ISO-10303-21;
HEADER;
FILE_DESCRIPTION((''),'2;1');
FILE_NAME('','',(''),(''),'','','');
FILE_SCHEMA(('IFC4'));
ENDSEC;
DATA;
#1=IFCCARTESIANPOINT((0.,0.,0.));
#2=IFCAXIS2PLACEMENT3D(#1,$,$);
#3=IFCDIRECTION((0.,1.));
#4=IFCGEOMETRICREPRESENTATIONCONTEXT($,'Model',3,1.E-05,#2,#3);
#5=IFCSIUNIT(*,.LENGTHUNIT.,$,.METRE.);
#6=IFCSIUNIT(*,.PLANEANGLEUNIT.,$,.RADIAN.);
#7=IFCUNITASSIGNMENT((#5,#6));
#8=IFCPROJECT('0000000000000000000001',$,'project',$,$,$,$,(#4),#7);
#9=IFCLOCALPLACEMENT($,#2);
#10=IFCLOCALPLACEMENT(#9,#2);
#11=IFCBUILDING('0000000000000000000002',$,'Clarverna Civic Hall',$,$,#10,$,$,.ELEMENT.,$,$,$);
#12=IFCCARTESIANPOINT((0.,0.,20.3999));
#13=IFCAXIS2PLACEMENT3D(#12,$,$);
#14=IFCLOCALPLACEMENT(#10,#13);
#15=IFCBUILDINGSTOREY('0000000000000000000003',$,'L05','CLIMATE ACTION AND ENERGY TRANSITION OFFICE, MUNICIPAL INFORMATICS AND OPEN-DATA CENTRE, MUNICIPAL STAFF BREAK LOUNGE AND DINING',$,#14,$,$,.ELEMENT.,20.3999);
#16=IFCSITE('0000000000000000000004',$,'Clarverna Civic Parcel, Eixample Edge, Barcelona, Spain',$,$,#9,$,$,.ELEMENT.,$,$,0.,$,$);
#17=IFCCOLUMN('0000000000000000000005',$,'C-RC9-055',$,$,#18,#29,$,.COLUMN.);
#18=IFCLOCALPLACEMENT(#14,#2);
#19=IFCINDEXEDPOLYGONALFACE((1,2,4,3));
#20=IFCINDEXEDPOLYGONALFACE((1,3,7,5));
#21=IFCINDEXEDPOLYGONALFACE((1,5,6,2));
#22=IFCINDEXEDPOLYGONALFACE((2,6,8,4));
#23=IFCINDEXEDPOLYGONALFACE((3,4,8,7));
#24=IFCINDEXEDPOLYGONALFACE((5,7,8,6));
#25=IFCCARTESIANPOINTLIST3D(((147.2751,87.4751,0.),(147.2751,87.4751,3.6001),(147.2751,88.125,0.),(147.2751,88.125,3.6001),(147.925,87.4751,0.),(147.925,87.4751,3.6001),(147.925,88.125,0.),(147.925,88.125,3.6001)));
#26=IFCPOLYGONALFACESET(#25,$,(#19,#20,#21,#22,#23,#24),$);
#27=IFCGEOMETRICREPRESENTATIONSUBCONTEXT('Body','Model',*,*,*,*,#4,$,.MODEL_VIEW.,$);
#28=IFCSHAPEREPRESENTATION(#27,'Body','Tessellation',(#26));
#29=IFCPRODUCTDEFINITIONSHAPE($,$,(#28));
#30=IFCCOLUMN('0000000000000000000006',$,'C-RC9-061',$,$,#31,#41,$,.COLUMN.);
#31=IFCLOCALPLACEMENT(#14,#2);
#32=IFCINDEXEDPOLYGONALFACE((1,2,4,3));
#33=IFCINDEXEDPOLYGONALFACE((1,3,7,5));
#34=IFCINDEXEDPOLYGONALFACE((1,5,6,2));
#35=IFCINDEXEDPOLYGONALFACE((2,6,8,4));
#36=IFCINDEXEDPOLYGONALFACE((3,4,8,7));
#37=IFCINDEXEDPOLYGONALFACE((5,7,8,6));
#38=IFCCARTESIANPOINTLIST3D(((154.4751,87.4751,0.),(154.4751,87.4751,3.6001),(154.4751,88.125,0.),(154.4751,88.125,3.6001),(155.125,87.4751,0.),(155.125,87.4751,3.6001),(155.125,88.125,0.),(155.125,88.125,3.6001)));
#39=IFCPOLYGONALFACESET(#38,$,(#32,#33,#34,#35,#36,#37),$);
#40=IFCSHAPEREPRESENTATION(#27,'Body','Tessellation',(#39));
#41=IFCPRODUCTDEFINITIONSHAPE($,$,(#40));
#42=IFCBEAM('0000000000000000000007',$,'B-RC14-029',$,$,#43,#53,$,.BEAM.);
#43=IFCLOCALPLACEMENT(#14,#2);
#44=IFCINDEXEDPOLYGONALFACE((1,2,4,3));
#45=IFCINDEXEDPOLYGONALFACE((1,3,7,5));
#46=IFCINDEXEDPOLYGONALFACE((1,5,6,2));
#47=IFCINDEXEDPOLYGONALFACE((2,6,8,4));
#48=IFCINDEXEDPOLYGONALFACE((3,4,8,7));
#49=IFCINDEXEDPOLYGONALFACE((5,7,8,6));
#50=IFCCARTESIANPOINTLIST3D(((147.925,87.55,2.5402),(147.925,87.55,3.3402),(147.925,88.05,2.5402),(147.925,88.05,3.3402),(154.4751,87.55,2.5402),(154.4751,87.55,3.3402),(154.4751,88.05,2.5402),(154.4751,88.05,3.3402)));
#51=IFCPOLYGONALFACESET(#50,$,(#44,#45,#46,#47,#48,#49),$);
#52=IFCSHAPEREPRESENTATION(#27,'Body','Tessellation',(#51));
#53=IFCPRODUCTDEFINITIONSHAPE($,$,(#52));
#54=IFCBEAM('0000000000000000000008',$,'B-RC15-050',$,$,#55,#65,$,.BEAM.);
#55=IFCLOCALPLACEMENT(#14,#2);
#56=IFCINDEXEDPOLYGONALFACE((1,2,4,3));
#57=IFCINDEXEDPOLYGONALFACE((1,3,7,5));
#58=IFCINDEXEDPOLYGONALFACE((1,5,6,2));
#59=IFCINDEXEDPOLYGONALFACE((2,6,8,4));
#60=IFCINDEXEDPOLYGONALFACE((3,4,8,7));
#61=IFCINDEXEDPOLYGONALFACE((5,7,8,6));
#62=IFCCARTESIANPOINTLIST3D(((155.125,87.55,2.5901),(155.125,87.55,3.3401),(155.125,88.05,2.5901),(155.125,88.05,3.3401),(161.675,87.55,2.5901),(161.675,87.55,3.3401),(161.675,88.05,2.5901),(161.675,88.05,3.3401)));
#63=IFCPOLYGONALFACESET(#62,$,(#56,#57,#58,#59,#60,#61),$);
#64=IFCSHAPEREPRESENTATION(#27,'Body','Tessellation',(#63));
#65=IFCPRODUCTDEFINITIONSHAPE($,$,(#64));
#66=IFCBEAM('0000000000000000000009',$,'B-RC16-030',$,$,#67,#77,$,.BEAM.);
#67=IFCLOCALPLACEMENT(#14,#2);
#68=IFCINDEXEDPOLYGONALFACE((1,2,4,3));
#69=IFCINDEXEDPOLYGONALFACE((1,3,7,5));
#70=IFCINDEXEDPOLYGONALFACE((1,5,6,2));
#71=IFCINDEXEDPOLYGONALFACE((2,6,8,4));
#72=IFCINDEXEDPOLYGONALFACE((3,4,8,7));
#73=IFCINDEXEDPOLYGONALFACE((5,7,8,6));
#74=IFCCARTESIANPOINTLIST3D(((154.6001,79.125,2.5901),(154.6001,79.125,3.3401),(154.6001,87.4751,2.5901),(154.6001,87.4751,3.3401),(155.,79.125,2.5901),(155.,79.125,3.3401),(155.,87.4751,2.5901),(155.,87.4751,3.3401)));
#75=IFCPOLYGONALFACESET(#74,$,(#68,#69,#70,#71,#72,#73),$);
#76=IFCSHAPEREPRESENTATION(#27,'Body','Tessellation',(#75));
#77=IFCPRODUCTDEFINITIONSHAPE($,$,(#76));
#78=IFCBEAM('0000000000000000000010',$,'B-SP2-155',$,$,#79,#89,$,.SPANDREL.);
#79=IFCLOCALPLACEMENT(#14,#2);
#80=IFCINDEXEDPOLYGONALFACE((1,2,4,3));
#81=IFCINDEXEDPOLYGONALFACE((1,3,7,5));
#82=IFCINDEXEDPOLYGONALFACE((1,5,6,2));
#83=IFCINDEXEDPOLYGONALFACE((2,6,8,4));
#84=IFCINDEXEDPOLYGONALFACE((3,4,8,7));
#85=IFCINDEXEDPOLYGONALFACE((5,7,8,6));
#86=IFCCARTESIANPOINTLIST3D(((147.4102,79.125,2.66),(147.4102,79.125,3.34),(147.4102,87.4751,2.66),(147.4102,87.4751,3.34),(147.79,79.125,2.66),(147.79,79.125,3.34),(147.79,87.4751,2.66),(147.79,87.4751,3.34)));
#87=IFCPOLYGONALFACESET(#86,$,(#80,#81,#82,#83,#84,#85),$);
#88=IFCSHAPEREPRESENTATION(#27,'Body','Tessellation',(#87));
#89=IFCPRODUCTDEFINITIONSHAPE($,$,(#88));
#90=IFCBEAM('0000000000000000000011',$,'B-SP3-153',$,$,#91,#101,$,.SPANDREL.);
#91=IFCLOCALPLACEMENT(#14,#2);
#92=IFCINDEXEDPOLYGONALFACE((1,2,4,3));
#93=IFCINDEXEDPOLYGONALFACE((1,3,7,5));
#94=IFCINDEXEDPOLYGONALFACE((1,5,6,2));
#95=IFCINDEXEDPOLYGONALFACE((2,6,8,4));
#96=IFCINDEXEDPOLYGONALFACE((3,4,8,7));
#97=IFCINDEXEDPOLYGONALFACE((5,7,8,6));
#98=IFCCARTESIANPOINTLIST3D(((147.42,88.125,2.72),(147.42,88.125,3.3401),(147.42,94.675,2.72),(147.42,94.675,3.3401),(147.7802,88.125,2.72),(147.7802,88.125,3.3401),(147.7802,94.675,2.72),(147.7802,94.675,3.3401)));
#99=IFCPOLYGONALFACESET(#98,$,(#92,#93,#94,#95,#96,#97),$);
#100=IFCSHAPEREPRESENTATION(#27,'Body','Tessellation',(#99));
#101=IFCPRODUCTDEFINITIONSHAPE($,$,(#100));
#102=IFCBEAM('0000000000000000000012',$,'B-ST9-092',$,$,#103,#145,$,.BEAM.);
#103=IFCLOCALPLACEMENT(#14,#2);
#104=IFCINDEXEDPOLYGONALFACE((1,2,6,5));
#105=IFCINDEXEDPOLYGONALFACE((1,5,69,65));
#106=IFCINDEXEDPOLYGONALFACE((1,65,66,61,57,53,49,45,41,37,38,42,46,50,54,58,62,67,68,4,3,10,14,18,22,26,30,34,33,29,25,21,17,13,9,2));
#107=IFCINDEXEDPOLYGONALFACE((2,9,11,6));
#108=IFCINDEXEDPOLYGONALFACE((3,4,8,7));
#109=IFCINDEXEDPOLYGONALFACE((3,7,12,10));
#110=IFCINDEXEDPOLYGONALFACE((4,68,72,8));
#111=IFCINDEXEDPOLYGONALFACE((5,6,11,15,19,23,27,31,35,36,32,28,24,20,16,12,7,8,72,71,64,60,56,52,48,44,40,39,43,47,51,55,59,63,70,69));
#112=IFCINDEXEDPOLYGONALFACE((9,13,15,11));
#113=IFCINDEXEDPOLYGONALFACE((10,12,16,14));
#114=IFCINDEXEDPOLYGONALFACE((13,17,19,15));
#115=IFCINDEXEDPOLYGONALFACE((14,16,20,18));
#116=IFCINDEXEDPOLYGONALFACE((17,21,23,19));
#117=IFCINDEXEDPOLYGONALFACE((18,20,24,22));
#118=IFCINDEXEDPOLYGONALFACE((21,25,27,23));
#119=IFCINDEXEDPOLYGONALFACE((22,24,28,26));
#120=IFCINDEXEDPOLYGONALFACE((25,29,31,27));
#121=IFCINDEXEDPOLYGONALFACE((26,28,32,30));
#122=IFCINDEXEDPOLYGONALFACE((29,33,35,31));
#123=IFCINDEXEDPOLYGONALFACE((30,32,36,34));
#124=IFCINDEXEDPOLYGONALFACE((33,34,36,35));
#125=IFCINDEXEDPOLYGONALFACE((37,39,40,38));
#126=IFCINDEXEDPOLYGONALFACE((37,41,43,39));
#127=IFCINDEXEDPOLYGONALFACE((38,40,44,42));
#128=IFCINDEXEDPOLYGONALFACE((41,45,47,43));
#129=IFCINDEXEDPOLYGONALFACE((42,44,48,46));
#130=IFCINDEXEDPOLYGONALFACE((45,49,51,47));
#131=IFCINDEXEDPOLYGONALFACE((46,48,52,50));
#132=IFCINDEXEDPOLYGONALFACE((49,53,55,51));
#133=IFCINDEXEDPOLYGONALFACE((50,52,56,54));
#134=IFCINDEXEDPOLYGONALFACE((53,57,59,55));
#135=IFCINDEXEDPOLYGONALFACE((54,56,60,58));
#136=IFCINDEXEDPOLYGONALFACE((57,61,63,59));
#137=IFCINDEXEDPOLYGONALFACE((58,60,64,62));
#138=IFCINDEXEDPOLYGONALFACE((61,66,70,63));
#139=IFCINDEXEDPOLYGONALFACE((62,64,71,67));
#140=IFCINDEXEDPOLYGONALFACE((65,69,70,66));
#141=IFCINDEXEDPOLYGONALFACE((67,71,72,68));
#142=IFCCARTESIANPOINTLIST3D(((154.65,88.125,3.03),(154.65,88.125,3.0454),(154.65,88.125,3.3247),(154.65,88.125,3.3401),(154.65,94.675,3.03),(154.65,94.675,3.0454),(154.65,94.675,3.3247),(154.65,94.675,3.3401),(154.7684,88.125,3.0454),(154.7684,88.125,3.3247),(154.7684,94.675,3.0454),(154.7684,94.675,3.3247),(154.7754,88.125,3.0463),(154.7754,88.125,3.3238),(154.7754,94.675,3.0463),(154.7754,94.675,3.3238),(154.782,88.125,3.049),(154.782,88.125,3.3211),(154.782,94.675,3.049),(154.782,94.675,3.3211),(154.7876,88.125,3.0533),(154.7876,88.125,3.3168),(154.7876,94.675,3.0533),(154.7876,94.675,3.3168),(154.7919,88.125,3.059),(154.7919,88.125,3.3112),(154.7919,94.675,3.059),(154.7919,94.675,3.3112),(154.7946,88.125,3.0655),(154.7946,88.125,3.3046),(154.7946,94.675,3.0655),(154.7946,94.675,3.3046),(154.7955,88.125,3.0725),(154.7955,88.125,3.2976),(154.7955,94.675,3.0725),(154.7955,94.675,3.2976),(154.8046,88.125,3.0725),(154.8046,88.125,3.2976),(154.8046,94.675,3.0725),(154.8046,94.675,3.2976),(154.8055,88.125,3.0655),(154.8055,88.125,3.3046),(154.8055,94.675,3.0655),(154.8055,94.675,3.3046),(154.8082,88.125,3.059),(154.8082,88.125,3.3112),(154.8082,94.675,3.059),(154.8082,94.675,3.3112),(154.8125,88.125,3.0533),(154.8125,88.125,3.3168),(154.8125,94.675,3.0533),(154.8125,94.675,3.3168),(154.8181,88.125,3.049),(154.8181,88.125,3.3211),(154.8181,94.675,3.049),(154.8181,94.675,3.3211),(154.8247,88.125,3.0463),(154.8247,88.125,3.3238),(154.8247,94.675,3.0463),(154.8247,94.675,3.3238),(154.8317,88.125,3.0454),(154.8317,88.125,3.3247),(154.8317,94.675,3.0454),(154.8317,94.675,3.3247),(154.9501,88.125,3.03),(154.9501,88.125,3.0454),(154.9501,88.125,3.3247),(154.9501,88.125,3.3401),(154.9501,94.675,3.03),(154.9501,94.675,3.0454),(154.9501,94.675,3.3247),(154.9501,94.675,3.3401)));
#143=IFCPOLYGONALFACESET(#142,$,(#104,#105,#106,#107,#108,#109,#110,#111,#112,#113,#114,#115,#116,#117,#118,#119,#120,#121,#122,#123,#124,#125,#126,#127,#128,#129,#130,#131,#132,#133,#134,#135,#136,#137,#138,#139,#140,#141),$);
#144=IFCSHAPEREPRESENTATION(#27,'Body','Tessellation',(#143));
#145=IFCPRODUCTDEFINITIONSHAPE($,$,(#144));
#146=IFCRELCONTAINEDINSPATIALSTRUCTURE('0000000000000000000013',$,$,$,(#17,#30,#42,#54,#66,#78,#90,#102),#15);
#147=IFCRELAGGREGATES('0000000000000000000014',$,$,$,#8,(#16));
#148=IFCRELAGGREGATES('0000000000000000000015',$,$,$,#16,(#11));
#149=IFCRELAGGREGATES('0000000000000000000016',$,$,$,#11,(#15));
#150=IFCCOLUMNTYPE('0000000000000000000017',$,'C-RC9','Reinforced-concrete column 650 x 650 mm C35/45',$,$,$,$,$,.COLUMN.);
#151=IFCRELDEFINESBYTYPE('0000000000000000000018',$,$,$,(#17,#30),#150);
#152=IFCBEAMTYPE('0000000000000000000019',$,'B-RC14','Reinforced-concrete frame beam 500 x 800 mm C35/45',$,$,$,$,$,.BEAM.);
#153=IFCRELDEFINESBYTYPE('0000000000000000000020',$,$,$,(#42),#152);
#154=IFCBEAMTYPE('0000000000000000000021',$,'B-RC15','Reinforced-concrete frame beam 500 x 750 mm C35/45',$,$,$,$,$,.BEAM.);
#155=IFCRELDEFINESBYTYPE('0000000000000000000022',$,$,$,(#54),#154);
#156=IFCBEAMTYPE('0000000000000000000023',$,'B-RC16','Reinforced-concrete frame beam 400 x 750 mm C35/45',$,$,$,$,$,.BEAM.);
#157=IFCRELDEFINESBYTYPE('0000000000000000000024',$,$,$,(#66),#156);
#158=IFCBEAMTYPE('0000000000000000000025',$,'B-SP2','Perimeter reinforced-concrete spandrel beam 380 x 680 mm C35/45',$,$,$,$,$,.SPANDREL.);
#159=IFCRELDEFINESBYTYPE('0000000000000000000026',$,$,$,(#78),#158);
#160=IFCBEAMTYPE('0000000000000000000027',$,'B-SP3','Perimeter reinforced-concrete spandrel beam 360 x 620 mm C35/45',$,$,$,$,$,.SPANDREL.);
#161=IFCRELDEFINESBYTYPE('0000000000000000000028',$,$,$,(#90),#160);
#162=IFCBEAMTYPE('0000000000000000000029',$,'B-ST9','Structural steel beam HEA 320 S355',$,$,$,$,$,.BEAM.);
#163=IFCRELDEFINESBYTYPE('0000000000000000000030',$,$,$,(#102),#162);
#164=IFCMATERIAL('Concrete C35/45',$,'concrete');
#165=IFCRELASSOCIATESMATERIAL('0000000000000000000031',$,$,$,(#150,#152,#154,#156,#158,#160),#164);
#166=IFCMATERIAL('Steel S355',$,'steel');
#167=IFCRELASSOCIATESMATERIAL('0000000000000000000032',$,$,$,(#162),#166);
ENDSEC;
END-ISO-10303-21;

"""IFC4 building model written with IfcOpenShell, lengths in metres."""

from ifc_helpers import new_model, si_unit, direction, frame, origin, origin_2d, place, context, subcontext, project, spatial, rectangle, i_section, extrude, material, material_profile, profile_set, type_object, element, save


model = new_model("IFC4")

# Units and contexts
model_context = context("Model", 3, precision=1e-05, world=origin(), true_north=direction((0.0, 1.0)))
body_context = subcontext(model_context, "Body", "Model", "MODEL_VIEW")
ifc_project = project(units=[si_unit("LENGTHUNIT", "METRE"), si_unit("PLANEANGLEUNIT", "RADIAN")], contexts=[model_context])

# Site, building, storey
site_placement = place(None, origin())
site = spatial("IfcSite", under=ifc_project, at=site_placement, Name="Clarverna Civic Parcel, Eixample Edge, Barcelona, Spain", CompositionType="ELEMENT", RefElevation=0.0)
building_placement = place(site_placement, origin())
building = spatial("IfcBuilding", under=site, at=building_placement, Name="Clarverna Civic Hall", CompositionType="ELEMENT")
storey_placement = place(building_placement, frame((0.0, 0.0, 20.3999)))
storey = spatial("IfcBuildingStorey", under=building, at=storey_placement, Name="L05", Description="CLIMATE ACTION AND ENERGY TRANSITION OFFICE, MUNICIPAL INFORMATICS AND OPEN-DATA CENTRE, MUNICIPAL STAFF BREAK LOUNGE AND DINING", CompositionType="ELEMENT", Elevation=20.3999)

# Columns
ifc_material_1 = material(Name="Concrete C35/45", Category="concrete")
ifc_material_profile_1 = material_profile(ifc_material_1, rectangle(XDim=0.6499, YDim=0.6499, at=origin_2d()), Name="RC 650x650")
ifc_profile_set_1 = profile_set([ifc_material_profile_1], Name="Concrete C35/45")
column_type = type_object("IfcColumnType", Name="C-RC9", Description="Reinforced-concrete column 650 x 650 mm C35/45", PredefinedType="COLUMN", material=ifc_profile_set_1)
for number, where, z_axis, x_axis, name in (
    (1, (147.6001, 87.8, 0.0), (0.0, 0.0, 1.0), (1.0, 0.0, 0.0), "C-RC9-055"),
    (2, (154.8, 87.8, 0.0), (0.0, 0.0, 1.0), (1.0, 0.0, 0.0), "C-RC9-061"),
):
    element("IfcColumn", number, at=place(storey_placement, frame(where, z_axis=z_axis, x_axis=x_axis)), inside=storey, type_object=column_type, Name=name, PredefinedType="COLUMN", context=body_context, shape_type="SweptSolid", body=[
        extrude(rectangle(XDim=0.6499, YDim=0.6499, at=origin_2d()), origin(), (0.0, 0.0, 1.0), 3.6001),
    ])

# Beams
ifc_material_profile_2 = material_profile(ifc_material_1, rectangle(XDim=0.5, YDim=0.8, at=origin_2d()), Name="RC 500x800")
ifc_profile_set_2 = profile_set([ifc_material_profile_2], Name="Concrete C35/45")
beam_type_1 = type_object("IfcBeamType", Name="B-RC14", Description="Reinforced-concrete frame beam 500 x 800 mm C35/45", PredefinedType="BEAM", material=ifc_profile_set_2)
beam_1_placement = place(storey_placement, frame((147.925, 87.8, 2.9402), z_axis=(1.0, 0.0, 0.0), x_axis=(0.0, 1.0, 0.0)))
element("IfcBeam", 3, at=beam_1_placement, inside=storey, type_object=beam_type_1, Name="B-RC14-029", PredefinedType="BEAM", context=body_context, shape_type="SweptSolid", body=[
    extrude(rectangle(XDim=0.5, YDim=0.8, at=origin_2d()), origin(), (0.0, 0.0, 1.0), 6.55),
])
ifc_material_profile_3 = material_profile(ifc_material_1, rectangle(XDim=0.5, YDim=0.75, at=origin_2d()), Name="RC 500x750")
ifc_profile_set_3 = profile_set([ifc_material_profile_3], Name="Concrete C35/45")
beam_type_2 = type_object("IfcBeamType", Name="B-RC15", Description="Reinforced-concrete frame beam 500 x 750 mm C35/45", PredefinedType="BEAM", material=ifc_profile_set_3)
beam_2_placement = place(storey_placement, frame((155.125, 87.8, 2.9651), z_axis=(1.0, 0.0, 0.0), x_axis=(0.0, 1.0, 0.0)))
element("IfcBeam", 4, at=beam_2_placement, inside=storey, type_object=beam_type_2, Name="B-RC15-050", PredefinedType="BEAM", context=body_context, shape_type="SweptSolid", body=[
    extrude(rectangle(XDim=0.5, YDim=0.75, at=origin_2d()), origin(), (0.0, 0.0, 1.0), 6.55),
])
ifc_material_profile_4 = material_profile(ifc_material_1, rectangle(XDim=0.3999, YDim=0.75, at=origin_2d()), Name="RC 400x750")
ifc_profile_set_4 = profile_set([ifc_material_profile_4], Name="Concrete C35/45")
beam_type_3 = type_object("IfcBeamType", Name="B-RC16", Description="Reinforced-concrete frame beam 400 x 750 mm C35/45", PredefinedType="BEAM", material=ifc_profile_set_4)
beam_3_placement = place(storey_placement, frame((154.8, 79.125, 2.9651), z_axis=(0.0, 1.0, 0.0), x_axis=(-1.0, 0.0, 0.0)))
element("IfcBeam", 5, at=beam_3_placement, inside=storey, type_object=beam_type_3, Name="B-RC16-030", PredefinedType="BEAM", context=body_context, shape_type="SweptSolid", body=[
    extrude(rectangle(XDim=0.3999, YDim=0.75, at=origin_2d()), origin(), (0.0, 0.0, 1.0), 8.3501),
])
ifc_material_profile_5 = material_profile(ifc_material_1, rectangle(XDim=0.3799, YDim=0.6799, at=origin_2d()), Name="RC 380x680")
ifc_profile_set_5 = profile_set([ifc_material_profile_5], Name="Concrete C35/45")
beam_type_4 = type_object("IfcBeamType", Name="B-SP2", Description="Perimeter reinforced-concrete spandrel beam 380 x 680 mm C35/45", PredefinedType="SPANDREL", material=ifc_profile_set_5)
beam_4_placement = place(storey_placement, frame((147.6001, 79.125, 3.0), z_axis=(0.0, 1.0, 0.0), x_axis=(-1.0, 0.0, 0.0)))
element("IfcBeam", 6, at=beam_4_placement, inside=storey, type_object=beam_type_4, Name="B-SP2-155", PredefinedType="SPANDREL", context=body_context, shape_type="SweptSolid", body=[
    extrude(rectangle(XDim=0.3799, YDim=0.6799, at=origin_2d()), origin(), (0.0, 0.0, 1.0), 8.3501),
])
ifc_material_profile_6 = material_profile(ifc_material_1, rectangle(XDim=0.3601, YDim=0.6201, at=origin_2d()), Name="RC 360x620")
ifc_profile_set_6 = profile_set([ifc_material_profile_6], Name="Concrete C35/45")
beam_type_5 = type_object("IfcBeamType", Name="B-SP3", Description="Perimeter reinforced-concrete spandrel beam 360 x 620 mm C35/45", PredefinedType="SPANDREL", material=ifc_profile_set_6)
beam_5_placement = place(storey_placement, frame((147.6001, 88.125, 3.03), z_axis=(0.0, 1.0, 0.0), x_axis=(-1.0, 0.0, 0.0)))
element("IfcBeam", 7, at=beam_5_placement, inside=storey, type_object=beam_type_5, Name="B-SP3-153", PredefinedType="SPANDREL", context=body_context, shape_type="SweptSolid", body=[
    extrude(rectangle(XDim=0.3601, YDim=0.6201, at=origin_2d()), origin(), (0.0, 0.0, 1.0), 6.55),
])
ifc_material_2 = material(Name="Steel S355", Category="steel")
ifc_material_profile_7 = material_profile(ifc_material_2, i_section(OverallWidth=0.3, OverallDepth=0.3101, WebThickness=0.009, FlangeThickness=0.0154, FilletRadius=0.0271, at=origin_2d()), Name="HEA 320")
ifc_profile_set_7 = profile_set([ifc_material_profile_7], Name="Steel S355")
beam_type_6 = type_object("IfcBeamType", Name="B-ST9", Description="Structural steel beam HEA 320 S355", PredefinedType="BEAM", material=ifc_profile_set_7)
beam_6_placement = place(storey_placement, frame((154.8, 88.125, 3.1851), z_axis=(0.0, 1.0, 0.0), x_axis=(-1.0, 0.0, 0.0)))
element("IfcBeam", 8, at=beam_6_placement, inside=storey, type_object=beam_type_6, Name="B-ST9-092", PredefinedType="BEAM", context=body_context, shape_type="SweptSolid", body=[
    extrude(i_section(OverallWidth=0.3, OverallDepth=0.3101, WebThickness=0.009, FlangeThickness=0.0154, FilletRadius=0.0271, at=origin_2d()), origin(), (0.0, 0.0, 1.0), 6.55),
])

save(model, "model.ifc")
